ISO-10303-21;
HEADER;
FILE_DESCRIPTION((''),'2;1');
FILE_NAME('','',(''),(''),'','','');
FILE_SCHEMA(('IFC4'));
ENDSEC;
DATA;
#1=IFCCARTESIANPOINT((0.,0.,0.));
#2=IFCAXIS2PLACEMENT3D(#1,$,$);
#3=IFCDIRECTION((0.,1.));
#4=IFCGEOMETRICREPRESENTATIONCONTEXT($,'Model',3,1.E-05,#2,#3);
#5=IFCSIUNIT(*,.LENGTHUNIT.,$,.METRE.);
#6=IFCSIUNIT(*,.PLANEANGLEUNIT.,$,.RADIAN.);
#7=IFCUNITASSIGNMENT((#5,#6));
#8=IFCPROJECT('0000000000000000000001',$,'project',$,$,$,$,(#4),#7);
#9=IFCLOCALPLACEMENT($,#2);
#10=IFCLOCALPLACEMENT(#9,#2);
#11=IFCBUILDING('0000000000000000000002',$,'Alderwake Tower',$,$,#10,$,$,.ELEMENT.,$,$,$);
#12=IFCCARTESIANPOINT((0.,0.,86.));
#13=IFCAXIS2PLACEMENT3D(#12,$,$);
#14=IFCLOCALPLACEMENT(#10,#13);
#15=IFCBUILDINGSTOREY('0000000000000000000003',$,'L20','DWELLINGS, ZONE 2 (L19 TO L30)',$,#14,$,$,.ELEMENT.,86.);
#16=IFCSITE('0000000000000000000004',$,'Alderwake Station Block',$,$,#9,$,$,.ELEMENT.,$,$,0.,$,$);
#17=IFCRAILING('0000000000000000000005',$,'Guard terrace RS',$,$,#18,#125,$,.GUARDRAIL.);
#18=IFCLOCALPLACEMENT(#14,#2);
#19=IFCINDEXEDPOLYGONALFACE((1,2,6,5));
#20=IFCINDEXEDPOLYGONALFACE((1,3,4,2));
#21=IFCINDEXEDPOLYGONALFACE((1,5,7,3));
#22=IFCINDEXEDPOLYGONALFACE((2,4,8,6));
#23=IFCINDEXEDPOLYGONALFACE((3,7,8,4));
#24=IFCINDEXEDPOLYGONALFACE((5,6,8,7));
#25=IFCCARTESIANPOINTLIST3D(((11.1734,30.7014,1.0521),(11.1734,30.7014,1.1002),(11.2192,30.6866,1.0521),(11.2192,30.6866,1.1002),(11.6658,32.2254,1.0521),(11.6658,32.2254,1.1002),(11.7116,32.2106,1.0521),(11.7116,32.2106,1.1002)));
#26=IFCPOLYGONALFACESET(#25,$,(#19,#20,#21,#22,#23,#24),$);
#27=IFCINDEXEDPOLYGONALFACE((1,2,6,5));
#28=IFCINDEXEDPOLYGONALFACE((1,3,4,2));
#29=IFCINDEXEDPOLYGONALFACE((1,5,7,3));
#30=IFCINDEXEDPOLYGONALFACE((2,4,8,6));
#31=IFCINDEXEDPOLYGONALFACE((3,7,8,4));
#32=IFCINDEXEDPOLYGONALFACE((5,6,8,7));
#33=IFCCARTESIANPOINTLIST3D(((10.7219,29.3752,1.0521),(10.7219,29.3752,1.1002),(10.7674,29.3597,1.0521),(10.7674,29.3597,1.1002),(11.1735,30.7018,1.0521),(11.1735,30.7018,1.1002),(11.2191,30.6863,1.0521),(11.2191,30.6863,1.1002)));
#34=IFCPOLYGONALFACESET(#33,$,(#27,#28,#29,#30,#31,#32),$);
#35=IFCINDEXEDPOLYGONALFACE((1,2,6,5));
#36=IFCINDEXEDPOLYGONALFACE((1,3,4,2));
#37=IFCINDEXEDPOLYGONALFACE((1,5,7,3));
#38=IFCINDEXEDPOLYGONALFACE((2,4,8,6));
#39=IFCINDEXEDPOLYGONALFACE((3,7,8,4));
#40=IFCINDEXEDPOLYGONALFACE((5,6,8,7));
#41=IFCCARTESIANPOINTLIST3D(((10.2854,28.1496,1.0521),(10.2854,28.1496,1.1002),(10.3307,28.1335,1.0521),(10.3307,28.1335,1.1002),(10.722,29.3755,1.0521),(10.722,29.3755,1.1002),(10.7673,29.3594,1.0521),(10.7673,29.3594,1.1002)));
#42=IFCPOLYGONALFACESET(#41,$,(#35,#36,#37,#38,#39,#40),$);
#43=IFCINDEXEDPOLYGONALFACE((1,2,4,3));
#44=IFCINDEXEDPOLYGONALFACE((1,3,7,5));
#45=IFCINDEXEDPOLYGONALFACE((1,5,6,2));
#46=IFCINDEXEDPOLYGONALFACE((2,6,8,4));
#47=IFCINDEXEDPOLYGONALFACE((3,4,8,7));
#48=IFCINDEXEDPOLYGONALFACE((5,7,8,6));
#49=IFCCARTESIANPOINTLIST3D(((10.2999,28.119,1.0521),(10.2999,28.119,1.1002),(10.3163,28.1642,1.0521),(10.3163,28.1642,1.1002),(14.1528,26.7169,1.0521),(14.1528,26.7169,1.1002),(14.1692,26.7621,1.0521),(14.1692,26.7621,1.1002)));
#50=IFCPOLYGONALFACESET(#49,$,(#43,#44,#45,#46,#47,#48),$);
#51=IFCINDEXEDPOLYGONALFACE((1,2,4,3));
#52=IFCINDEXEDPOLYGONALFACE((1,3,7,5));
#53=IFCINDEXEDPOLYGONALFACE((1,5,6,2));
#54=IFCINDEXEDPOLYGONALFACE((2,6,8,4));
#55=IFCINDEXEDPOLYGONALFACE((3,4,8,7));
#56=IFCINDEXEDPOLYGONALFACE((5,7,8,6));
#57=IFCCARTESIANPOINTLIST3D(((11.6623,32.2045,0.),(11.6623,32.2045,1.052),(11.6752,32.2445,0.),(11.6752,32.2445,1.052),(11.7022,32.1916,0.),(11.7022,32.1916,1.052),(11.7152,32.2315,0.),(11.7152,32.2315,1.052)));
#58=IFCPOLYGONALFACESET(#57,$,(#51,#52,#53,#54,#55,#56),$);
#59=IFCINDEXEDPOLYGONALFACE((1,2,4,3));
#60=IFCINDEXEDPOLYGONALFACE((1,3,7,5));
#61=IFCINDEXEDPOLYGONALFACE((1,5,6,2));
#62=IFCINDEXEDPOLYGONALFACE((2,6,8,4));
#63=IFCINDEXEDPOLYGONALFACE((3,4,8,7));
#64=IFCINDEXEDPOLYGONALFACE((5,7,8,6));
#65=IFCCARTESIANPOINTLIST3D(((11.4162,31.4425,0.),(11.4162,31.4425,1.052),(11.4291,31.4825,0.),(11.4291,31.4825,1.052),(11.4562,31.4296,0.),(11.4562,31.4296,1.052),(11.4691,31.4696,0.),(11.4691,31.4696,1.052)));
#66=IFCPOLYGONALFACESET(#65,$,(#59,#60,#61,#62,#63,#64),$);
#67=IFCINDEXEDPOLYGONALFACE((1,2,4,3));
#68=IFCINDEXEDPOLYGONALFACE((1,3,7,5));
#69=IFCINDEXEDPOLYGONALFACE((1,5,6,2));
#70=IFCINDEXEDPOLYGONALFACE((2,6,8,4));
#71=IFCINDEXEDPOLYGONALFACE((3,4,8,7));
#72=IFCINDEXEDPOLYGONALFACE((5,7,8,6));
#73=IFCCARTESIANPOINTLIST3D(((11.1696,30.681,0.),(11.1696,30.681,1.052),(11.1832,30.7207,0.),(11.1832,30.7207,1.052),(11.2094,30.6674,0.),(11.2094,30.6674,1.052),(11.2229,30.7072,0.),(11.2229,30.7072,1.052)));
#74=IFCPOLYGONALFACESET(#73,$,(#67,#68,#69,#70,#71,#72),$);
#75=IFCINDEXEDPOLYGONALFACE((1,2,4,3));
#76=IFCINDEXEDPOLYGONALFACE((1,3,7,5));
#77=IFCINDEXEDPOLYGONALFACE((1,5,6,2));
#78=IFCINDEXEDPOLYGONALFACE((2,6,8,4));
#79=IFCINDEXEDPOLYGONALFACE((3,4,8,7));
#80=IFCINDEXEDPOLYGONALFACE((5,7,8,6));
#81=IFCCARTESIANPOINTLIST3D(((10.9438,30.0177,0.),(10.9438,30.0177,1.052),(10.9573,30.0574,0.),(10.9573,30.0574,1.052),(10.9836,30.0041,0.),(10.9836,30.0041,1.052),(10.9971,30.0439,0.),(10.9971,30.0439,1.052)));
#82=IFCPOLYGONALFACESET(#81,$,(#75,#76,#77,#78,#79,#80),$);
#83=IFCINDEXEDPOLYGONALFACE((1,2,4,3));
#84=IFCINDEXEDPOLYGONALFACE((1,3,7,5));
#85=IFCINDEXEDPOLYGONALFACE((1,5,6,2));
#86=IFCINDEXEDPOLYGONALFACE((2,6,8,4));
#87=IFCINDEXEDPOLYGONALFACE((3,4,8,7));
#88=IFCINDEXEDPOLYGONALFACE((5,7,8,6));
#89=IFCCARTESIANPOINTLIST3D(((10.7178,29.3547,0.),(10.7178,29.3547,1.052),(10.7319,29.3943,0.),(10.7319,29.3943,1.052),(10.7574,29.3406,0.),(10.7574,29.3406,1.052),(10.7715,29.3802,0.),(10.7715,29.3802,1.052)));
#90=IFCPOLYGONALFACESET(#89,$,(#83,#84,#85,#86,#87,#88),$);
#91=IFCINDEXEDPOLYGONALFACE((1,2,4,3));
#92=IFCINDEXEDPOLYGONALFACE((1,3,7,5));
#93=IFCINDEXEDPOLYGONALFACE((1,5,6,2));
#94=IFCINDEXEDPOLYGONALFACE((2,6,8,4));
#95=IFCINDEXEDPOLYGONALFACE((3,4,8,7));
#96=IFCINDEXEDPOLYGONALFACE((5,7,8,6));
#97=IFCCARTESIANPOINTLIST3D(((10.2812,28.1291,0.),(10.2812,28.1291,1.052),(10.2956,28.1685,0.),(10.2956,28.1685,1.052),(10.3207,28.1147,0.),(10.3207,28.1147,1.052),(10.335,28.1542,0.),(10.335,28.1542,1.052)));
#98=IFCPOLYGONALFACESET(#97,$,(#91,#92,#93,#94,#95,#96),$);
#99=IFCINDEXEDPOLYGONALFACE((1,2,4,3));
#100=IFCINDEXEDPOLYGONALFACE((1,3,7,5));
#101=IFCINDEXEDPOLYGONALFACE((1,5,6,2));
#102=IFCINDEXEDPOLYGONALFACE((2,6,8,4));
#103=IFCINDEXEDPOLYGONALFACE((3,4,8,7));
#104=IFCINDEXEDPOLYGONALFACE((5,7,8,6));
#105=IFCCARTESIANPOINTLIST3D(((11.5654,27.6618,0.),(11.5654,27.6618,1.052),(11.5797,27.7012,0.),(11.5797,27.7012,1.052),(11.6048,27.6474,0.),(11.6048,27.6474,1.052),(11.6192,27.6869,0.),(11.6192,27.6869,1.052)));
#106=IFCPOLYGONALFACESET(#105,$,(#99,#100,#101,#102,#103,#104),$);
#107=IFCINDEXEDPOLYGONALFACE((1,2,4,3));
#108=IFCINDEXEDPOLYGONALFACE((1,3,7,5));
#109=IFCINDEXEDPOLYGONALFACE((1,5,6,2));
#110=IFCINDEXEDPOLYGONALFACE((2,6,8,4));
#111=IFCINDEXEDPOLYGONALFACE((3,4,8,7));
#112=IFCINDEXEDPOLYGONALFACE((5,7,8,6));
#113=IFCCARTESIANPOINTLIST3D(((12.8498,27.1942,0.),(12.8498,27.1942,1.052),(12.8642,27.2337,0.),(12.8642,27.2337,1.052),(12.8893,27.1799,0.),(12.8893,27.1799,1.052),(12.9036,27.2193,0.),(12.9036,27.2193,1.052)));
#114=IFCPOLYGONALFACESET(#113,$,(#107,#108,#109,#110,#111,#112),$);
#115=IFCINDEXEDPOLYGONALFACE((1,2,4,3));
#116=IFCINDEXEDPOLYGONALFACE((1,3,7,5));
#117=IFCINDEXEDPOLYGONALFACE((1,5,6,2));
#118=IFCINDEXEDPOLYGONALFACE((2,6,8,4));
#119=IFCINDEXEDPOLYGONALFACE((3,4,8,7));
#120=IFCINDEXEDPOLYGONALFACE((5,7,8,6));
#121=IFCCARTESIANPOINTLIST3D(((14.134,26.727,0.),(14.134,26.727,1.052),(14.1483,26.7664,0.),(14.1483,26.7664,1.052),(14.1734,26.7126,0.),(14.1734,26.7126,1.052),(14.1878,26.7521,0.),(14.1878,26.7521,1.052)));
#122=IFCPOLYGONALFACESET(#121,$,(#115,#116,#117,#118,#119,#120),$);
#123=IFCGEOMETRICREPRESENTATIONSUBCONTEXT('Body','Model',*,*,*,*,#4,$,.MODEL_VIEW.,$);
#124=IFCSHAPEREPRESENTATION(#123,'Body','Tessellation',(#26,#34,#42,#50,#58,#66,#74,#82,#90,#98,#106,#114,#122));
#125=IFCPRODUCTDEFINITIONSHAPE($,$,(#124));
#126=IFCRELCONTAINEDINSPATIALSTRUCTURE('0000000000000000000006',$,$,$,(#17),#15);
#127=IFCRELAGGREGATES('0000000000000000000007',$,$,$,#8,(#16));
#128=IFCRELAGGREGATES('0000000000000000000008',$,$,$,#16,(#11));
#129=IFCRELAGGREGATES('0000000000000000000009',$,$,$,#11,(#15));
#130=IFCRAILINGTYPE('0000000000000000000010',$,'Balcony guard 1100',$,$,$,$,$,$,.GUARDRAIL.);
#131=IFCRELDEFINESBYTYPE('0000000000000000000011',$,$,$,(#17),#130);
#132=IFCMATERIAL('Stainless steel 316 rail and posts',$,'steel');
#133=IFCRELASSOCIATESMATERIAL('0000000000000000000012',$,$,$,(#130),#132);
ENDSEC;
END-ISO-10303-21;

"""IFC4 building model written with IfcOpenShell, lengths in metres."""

from ifc_helpers import new_model, si_unit, direction, frame, origin, origin_2d, place, context, subcontext, project, spatial, rectangle, extrude, material, type_object, element, save


model = new_model("IFC4")

# Units and contexts
model_context = context("Model", 3, precision=1e-05, world=origin(), true_north=direction((0.0, 1.0)))
body_context = subcontext(model_context, "Body", "Model", "MODEL_VIEW")
ifc_project = project(units=[si_unit("LENGTHUNIT", "METRE"), si_unit("PLANEANGLEUNIT", "RADIAN")], contexts=[model_context])

# Site, building, storey
site_placement = place(None, origin())
site = spatial("IfcSite", under=ifc_project, at=site_placement, Name="Alderwake Station Block", CompositionType="ELEMENT", RefElevation=0.0)
building_placement = place(site_placement, origin())
building = spatial("IfcBuilding", under=site, at=building_placement, Name="Alderwake Tower", CompositionType="ELEMENT")
storey_placement = place(building_placement, frame((0.0, 0.0, 86.0)))
storey = spatial("IfcBuildingStorey", under=building, at=storey_placement, Name="L20", Description="DWELLINGS, ZONE 2 (L19 TO L30)", CompositionType="ELEMENT", Elevation=86.0)

# Railing
ifc_material_1 = material(Name="Stainless steel 316 rail and posts", Category="steel")
railing_type = type_object("IfcRailingType", Name="Balcony guard 1100", PredefinedType="GUARDRAIL", material=ifc_material_1)
railing_1_placement = place(storey_placement, frame((11.6887, 32.218, 0.0)))
element("IfcRailing", 1, at=railing_1_placement, inside=storey, type_object=railing_type, Name="Guard terrace RS", PredefinedType="GUARDRAIL", context=body_context, shape_type="SweptSolid", body=[
    extrude(rectangle(XDim=0.0481, YDim=0.0481, at=origin_2d()), frame((0.0, 0.0, 1.0762), z_axis=(-0.307479, -0.951555, 0.0), x_axis=(0.951555, -0.307479, 0.0)), (0.0, 0.0, 1.0), 1.6016),
    extrude(rectangle(XDim=0.0481, YDim=0.0481, at=origin_2d()), frame((-0.4924, -1.5239, 1.0762), z_axis=(-0.322284, -0.946643, 0.0), x_axis=(0.946643, -0.322284, 0.0)), (0.0, 0.0, 1.0), 1.4014),
    extrude(rectangle(XDim=0.0481, YDim=0.0481, at=origin_2d()), frame((-0.9441, -2.8506, 1.0762), z_axis=(-0.335469, -0.942051, 0.0), x_axis=(0.942051, -0.335469, 0.0)), (0.0, 0.0, 1.0), 1.3013),
    extrude(rectangle(XDim=0.0481, YDim=0.0481, at=origin_2d()), frame((-1.3806, -4.0764, 1.0762), z_axis=(0.939708, -0.341977, 0.0), x_axis=(0.341977, 0.939708, 0.0)), (0.0, 0.0, 1.0), 4.1001),
    extrude(rectangle(XDim=0.042, YDim=0.042, at=origin_2d()), frame((0.0, 0.0, 0.0), z_axis=(0.0, 0.0, 1.0), x_axis=(-0.307479, -0.951555, 0.0)), (0.0, 0.0, 1.0), 1.052),
    extrude(rectangle(XDim=0.042, YDim=0.042, at=origin_2d()), frame((-0.2461, -0.762, 0.0), z_axis=(0.0, 0.0, 1.0), x_axis=(-0.307479, -0.951555, 0.0)), (0.0, 0.0, 1.0), 1.052),
    extrude(rectangle(XDim=0.042, YDim=0.042, at=origin_2d()), frame((-0.4924, -1.5239, 0.0), z_axis=(0.0, 0.0, 1.0), x_axis=(-0.322284, -0.946643, 0.0)), (0.0, 0.0, 1.0), 1.052),
    extrude(rectangle(XDim=0.042, YDim=0.042, at=origin_2d()), frame((-0.7183, -2.1873, 0.0), z_axis=(0.0, 0.0, 1.0), x_axis=(-0.322284, -0.946643, 0.0)), (0.0, 0.0, 1.0), 1.052),
    extrude(rectangle(XDim=0.042, YDim=0.042, at=origin_2d()), frame((-0.9441, -2.8506, 0.0), z_axis=(0.0, 0.0, 1.0), x_axis=(-0.335469, -0.942051, 0.0)), (0.0, 0.0, 1.0), 1.052),
    extrude(rectangle(XDim=0.042, YDim=0.042, at=origin_2d()), frame((-1.3806, -4.0764, 0.0), z_axis=(0.0, 0.0, 1.0), x_axis=(0.939708, -0.341977, 0.0)), (0.0, 0.0, 1.0), 1.052),
    extrude(rectangle(XDim=0.042, YDim=0.042, at=origin_2d()), frame((-0.0964, -4.5437, 0.0), z_axis=(0.0, 0.0, 1.0), x_axis=(0.939708, -0.341977, 0.0)), (0.0, 0.0, 1.0), 1.052),
    extrude(rectangle(XDim=0.042, YDim=0.042, at=origin_2d()), frame((1.188, -5.0112, 0.0), z_axis=(0.0, 0.0, 1.0), x_axis=(0.939708, -0.341977, 0.0)), (0.0, 0.0, 1.0), 1.052),
    extrude(rectangle(XDim=0.042, YDim=0.042, at=origin_2d()), frame((2.4722, -5.4785, 0.0), z_axis=(0.0, 0.0, 1.0), x_axis=(0.939708, -0.341977, 0.0)), (0.0, 0.0, 1.0), 1.052),
])

save(model, "model.ifc")
